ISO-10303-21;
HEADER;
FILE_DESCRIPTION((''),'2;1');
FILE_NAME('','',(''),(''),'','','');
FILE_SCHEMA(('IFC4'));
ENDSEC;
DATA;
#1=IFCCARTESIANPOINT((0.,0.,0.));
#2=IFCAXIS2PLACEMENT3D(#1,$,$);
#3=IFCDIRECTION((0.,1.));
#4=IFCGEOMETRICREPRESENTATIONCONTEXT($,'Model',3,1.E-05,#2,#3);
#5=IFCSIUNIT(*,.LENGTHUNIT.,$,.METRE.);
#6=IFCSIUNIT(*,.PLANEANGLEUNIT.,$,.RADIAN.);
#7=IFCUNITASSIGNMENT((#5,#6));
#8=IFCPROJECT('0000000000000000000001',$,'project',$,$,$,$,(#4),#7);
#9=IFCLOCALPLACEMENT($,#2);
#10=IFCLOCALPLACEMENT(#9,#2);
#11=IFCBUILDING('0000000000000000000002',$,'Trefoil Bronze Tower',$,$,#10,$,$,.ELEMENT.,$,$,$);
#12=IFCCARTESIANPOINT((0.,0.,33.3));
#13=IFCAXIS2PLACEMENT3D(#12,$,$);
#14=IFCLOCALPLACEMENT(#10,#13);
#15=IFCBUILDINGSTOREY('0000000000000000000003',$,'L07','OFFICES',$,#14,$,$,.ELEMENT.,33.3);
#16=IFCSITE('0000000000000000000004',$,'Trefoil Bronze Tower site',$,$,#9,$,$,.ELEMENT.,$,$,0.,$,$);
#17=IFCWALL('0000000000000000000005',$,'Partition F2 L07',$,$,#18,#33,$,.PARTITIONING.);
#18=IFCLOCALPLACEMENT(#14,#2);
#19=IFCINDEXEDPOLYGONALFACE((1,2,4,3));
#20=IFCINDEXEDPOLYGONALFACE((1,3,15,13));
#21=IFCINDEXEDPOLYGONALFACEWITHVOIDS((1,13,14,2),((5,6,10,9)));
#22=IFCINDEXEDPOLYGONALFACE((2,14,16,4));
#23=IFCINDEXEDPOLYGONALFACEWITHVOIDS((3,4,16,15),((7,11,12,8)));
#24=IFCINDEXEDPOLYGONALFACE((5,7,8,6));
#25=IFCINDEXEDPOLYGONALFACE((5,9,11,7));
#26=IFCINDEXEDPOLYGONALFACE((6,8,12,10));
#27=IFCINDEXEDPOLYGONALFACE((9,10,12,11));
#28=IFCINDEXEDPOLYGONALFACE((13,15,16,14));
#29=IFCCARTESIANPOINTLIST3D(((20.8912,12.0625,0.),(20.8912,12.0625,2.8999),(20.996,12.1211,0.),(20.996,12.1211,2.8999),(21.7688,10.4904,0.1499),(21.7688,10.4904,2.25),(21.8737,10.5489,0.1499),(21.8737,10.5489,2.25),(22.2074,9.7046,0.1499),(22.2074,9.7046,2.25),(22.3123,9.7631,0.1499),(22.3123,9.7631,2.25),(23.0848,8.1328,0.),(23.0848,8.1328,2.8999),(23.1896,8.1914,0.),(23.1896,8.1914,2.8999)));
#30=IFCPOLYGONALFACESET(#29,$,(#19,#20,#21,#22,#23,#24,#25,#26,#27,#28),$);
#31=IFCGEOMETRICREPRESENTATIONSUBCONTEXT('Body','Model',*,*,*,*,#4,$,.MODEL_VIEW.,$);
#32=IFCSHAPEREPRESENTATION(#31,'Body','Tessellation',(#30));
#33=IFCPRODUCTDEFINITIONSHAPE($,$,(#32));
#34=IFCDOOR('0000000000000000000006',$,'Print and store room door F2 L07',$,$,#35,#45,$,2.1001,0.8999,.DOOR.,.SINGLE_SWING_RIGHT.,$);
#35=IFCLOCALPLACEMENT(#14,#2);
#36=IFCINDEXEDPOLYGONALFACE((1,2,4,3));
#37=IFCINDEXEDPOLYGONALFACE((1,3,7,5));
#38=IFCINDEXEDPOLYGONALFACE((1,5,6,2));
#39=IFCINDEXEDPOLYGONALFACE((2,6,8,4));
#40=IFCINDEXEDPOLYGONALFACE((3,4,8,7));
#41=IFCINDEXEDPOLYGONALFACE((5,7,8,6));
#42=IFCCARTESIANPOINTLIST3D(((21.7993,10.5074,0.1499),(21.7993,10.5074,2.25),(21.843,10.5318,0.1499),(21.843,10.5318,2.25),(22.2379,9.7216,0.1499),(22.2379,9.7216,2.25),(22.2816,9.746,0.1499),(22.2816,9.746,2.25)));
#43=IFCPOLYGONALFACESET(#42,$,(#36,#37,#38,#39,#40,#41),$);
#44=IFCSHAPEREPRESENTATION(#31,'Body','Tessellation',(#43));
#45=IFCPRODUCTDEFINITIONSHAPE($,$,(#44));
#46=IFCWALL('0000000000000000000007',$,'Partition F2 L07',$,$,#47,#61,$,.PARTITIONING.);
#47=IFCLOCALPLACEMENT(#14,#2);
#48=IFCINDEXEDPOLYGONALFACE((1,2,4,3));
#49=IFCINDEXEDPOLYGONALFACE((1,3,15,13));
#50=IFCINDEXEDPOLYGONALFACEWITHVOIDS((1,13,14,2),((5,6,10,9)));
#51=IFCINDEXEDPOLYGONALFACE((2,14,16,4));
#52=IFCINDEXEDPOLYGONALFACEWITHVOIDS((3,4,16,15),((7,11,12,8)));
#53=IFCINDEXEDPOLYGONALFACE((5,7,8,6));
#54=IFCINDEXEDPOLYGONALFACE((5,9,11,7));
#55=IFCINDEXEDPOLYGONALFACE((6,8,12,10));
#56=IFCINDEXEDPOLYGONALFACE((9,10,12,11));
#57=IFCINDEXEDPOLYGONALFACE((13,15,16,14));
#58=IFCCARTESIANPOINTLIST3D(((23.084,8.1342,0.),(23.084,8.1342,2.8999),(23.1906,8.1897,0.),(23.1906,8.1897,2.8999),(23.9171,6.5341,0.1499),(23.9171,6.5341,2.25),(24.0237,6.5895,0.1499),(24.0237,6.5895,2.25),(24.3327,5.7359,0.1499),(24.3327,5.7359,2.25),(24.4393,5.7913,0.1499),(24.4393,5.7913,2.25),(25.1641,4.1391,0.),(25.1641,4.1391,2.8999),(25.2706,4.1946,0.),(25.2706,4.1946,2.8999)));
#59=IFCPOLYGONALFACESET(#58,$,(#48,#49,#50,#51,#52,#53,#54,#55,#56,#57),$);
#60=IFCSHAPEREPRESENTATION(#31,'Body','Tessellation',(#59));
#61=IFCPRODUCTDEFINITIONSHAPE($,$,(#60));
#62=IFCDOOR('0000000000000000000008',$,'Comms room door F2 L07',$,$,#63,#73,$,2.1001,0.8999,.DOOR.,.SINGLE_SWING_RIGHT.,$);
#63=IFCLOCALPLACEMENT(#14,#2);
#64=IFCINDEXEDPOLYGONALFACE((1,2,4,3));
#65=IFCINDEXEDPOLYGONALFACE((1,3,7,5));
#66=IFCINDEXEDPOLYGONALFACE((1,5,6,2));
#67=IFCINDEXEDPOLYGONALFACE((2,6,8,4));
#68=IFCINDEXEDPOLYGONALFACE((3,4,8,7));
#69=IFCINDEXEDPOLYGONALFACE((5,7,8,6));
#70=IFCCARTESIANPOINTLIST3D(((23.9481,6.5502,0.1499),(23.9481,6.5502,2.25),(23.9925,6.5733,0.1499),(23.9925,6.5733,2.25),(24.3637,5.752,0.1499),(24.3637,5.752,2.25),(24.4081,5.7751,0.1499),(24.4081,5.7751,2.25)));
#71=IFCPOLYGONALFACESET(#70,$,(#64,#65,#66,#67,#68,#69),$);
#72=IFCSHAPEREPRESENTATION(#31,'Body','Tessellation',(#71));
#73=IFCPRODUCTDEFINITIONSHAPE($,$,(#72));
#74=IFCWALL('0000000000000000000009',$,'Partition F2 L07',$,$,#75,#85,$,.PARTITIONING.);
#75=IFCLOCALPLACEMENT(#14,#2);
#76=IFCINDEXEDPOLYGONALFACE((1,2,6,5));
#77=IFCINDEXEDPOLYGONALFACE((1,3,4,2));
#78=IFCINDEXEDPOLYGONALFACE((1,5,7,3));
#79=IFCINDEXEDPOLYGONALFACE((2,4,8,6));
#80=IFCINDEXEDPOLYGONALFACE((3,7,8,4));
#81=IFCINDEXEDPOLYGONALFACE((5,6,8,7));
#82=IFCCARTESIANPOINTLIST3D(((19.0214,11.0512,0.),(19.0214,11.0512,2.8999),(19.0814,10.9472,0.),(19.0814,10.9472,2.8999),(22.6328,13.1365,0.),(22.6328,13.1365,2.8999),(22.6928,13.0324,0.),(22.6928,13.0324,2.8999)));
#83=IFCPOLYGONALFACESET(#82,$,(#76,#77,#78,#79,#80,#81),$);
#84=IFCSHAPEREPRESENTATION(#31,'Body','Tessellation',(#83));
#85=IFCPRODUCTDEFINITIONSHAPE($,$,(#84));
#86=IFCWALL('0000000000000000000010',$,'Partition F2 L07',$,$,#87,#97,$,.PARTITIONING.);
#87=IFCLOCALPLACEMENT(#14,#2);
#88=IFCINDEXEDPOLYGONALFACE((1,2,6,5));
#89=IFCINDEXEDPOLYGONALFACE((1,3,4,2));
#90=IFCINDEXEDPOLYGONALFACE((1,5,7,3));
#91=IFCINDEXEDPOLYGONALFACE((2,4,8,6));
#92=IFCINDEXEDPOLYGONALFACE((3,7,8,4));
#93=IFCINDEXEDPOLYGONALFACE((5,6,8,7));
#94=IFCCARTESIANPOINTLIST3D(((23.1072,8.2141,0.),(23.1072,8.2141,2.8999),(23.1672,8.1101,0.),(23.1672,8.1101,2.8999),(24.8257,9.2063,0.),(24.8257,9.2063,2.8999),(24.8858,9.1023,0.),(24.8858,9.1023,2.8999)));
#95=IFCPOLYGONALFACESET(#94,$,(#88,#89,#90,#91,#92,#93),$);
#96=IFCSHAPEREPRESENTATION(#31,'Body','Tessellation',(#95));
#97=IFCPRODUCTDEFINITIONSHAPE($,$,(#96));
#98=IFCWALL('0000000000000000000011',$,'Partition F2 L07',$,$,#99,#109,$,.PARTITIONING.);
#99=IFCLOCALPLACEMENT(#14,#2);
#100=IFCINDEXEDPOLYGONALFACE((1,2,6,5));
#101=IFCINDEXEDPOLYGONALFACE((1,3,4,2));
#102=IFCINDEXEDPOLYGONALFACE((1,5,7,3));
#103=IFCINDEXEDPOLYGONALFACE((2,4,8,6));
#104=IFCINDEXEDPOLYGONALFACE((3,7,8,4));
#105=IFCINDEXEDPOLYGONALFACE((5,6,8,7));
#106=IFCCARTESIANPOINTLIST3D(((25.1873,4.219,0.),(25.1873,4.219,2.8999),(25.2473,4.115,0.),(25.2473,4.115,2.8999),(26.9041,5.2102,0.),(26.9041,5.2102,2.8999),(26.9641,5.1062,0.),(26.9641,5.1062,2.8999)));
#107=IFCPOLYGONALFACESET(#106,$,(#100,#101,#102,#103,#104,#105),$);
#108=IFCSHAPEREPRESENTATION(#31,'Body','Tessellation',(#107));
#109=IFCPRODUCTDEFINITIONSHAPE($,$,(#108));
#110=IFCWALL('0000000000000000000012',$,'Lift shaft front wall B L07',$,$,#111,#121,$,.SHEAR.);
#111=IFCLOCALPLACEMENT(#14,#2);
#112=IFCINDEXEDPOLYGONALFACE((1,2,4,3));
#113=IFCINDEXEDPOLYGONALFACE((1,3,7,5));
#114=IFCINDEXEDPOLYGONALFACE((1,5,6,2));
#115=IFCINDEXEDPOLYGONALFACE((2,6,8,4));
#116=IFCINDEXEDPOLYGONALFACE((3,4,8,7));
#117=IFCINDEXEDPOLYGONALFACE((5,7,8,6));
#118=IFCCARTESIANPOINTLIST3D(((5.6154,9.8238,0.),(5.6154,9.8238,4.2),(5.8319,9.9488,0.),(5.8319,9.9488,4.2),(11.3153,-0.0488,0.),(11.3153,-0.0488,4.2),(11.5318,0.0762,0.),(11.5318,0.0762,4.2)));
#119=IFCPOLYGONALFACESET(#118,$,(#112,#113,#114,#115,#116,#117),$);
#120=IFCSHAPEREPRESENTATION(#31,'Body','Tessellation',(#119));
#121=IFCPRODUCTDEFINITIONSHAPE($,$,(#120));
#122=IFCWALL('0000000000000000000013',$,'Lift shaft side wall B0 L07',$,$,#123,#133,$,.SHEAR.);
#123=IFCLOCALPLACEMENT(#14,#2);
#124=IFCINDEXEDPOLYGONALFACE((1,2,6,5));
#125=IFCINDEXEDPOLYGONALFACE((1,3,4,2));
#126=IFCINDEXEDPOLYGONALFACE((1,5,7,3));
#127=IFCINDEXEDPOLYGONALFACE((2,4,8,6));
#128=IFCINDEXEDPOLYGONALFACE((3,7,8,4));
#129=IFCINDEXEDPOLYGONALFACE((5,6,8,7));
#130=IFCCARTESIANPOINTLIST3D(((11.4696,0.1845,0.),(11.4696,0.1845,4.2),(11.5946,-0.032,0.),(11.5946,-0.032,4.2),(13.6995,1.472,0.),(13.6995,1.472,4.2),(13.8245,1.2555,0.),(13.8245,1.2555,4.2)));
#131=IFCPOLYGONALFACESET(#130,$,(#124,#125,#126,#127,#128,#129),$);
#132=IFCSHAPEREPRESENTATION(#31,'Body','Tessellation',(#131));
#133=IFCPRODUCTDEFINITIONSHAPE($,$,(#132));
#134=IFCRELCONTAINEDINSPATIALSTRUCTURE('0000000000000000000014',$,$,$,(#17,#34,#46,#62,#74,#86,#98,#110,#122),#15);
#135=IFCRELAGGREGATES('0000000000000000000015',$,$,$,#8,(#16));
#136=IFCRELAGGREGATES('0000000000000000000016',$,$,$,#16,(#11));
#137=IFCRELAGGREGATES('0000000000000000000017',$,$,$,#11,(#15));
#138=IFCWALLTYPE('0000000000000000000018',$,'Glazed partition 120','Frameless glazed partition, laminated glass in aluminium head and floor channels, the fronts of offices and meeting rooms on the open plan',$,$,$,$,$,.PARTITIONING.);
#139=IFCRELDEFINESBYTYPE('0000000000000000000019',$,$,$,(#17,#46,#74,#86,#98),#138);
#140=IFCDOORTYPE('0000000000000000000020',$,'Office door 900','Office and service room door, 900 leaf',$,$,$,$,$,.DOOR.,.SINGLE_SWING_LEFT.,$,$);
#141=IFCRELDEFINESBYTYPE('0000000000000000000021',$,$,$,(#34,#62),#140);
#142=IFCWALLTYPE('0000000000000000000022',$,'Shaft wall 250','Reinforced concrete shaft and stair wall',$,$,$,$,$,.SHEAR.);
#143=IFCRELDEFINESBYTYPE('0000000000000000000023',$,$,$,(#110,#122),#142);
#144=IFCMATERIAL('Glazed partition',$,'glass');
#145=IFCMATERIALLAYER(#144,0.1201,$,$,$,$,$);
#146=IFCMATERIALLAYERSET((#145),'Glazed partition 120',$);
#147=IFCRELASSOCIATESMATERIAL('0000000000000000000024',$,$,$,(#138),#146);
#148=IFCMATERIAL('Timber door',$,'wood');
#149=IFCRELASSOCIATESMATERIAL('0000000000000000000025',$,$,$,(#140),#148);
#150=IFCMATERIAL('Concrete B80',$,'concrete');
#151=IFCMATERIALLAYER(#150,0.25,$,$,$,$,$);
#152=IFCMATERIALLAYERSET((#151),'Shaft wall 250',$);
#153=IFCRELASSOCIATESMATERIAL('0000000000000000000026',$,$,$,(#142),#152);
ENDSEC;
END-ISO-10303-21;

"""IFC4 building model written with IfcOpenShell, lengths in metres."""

from ifc_helpers import new_model, si_unit, direction, frame, frame_2d, origin, place, context, subcontext, project, spatial, rectangle, extrude, material, layer, layer_set, type_object, element, fill, save


model = new_model("IFC4")

# Units and contexts
model_context = context("Model", 3, precision=1e-05, world=origin(), true_north=direction((0.0, 1.0)))
body_context = subcontext(model_context, "Body", "Model", "MODEL_VIEW")
ifc_project = project(units=[si_unit("LENGTHUNIT", "METRE"), si_unit("PLANEANGLEUNIT", "RADIAN")], contexts=[model_context])

# Site, building, storey
site_placement = place(None, origin())
site = spatial("IfcSite", under=ifc_project, at=site_placement, Name="Trefoil Bronze Tower site", CompositionType="ELEMENT", RefElevation=0.0)
building_placement = place(site_placement, origin())
building = spatial("IfcBuilding", under=site, at=building_placement, Name="Trefoil Bronze Tower", CompositionType="ELEMENT")
storey_placement = place(building_placement, frame((0.0, 0.0, 33.3)))
storey = spatial("IfcBuildingStorey", under=building, at=storey_placement, Name="L07", Description="OFFICES", CompositionType="ELEMENT", Elevation=33.3)

# Shared definitions
ifc_material_1 = material(Name="Glazed partition", Category="glass")
ifc_layer_1 = layer(ifc_material_1, 0.1201)
ifc_layer_set_1 = layer_set([ifc_layer_1], Name="Glazed partition 120")
wall_type_1 = type_object("IfcWallType", Name="Glazed partition 120", Description="Frameless glazed partition, laminated glass in aluminium head and floor channels, the fronts of offices and meeting rooms on the open plan", PredefinedType="PARTITIONING", material=ifc_layer_set_1)

# Walls, openings, doors
ifc_material_2 = material(Name="Timber door", Category="wood")
door_type_1 = type_object("IfcDoorType", Name="Office door 900", Description="Office and service room door, 900 leaf", OperationType="SINGLE_SWING_LEFT", PredefinedType="DOOR", material=ifc_material_2)
wall_1_placement = place(storey_placement, frame((23.1372, 8.1621, 0.0), z_axis=(0.0, 0.0, 1.0), x_axis=(-0.487415, 0.87317, 0.0)))
wall_1 = element("IfcWall", 1, at=wall_1_placement, inside=storey, type_object=wall_type_1, Name="Partition F2 L07", PredefinedType="PARTITIONING", context=body_context, shape_type="SweptSolid", body=[
    extrude(rectangle(XDim=4.5005, YDim=0.1201, at=frame_2d((2.2502, 0.0))), origin(), (0.0, 0.0, 1.0), 2.8999),
])
opening_1_placement = place(wall_1_placement, frame((1.8, 0.0, 0.1499)))
opening_1 = element("IfcOpeningElement", 2, at=opening_1_placement, cuts=wall_1, PredefinedType="OPENING", context=body_context, shape_type="SweptSolid", body=[
    extrude(rectangle(XDim=0.8999, YDim=2.1001, at=frame_2d((0.45, 1.05))), frame((0.0, 0.0701, 0.0), z_axis=(0.0, -1.0, 0.0), x_axis=(1.0, 0.0, 0.0)), (0.0, 0.0, 1.0), 0.1401),
])
door_1_placement = place(opening_1_placement, frame((0.8999, 0.0, 0.0), z_axis=(0.0, 0.0, 1.0), x_axis=(-1.0, 0.0, 0.0)))
door_1 = element("IfcDoor", 3, at=door_1_placement, inside=storey, type_object=door_type_1, Name="Print and store room door F2 L07", OperationType="SINGLE_SWING_RIGHT", OverallHeight=2.1001, OverallWidth=0.8999, PredefinedType="DOOR", context=body_context, shape_type="SweptSolid", body=[
    extrude(rectangle(XDim=0.8999, YDim=2.1001, at=frame_2d((0.45, 1.05))), frame((0.0, 0.0249, 0.0), z_axis=(0.0, -1.0, 0.0), x_axis=(1.0, 0.0, 0.0)), (0.0, 0.0, 1.0), 0.05),
])
fill(opening_1, door_1)
wall_2_placement = place(storey_placement, frame((25.2173, 4.167, 0.0), z_axis=(0.0, 0.0, 1.0), x_axis=(-0.46181, 0.886979, 0.0)))
wall_2 = element("IfcWall", 4, at=wall_2_placement, inside=storey, type_object=wall_type_1, Name="Partition F2 L07", PredefinedType="PARTITIONING", context=body_context, shape_type="SweptSolid", body=[
    extrude(rectangle(XDim=4.5042, YDim=0.1201, at=frame_2d((2.252, 0.0))), origin(), (0.0, 0.0, 1.0), 2.8999),
])
opening_2_placement = place(wall_2_placement, frame((1.8, 0.0, 0.1499)))
opening_2 = element("IfcOpeningElement", 5, at=opening_2_placement, cuts=wall_2, PredefinedType="OPENING", context=body_context, shape_type="SweptSolid", body=[
    extrude(rectangle(XDim=0.8999, YDim=2.1001, at=frame_2d((0.45, 1.05))), frame((0.0, 0.0701, 0.0), z_axis=(0.0, -1.0, 0.0), x_axis=(1.0, 0.0, 0.0)), (0.0, 0.0, 1.0), 0.1401),
])
door_2_placement = place(opening_2_placement, frame((0.8999, 0.0, 0.0), z_axis=(0.0, 0.0, 1.0), x_axis=(-1.0, 0.0, 0.0)))
door_2 = element("IfcDoor", 6, at=door_2_placement, inside=storey, type_object=door_type_1, Name="Comms room door F2 L07", OperationType="SINGLE_SWING_RIGHT", OverallHeight=2.1001, OverallWidth=0.8999, PredefinedType="DOOR", context=body_context, shape_type="SweptSolid", body=[
    extrude(rectangle(XDim=0.8999, YDim=2.1001, at=frame_2d((0.45, 1.05))), frame((0.0, 0.0249, 0.0), z_axis=(0.0, -1.0, 0.0), x_axis=(1.0, 0.0, 0.0)), (0.0, 0.0, 1.0), 0.05),
])
fill(opening_2, door_2)

# Walls
wall_3_placement = place(storey_placement, frame((19.0515, 10.9993, 0.0), z_axis=(0.0, 0.0, 1.0), x_axis=(0.866004, 0.500037, 0.0)))
element("IfcWall", 7, at=wall_3_placement, inside=storey, type_object=wall_type_1, Name="Partition F2 L07", PredefinedType="PARTITIONING", context=body_context, shape_type="SweptSolid", body=[
    extrude(rectangle(XDim=4.1702, YDim=0.1201, at=frame_2d((2.085, 0.0))), origin(), (0.0, 0.0, 1.0), 2.8999),
])
wall_4_placement = place(storey_placement, frame((23.1372, 8.1621, 0.0), z_axis=(0.0, 0.0, 1.0), x_axis=(0.866024, 0.500003, 0.0)))
element("IfcWall", 8, at=wall_4_placement, inside=storey, type_object=wall_type_1, Name="Partition F2 L07", PredefinedType="PARTITIONING", context=body_context, shape_type="SweptSolid", body=[
    extrude(rectangle(XDim=1.9844, YDim=0.1201, at=frame_2d((0.9922, 0.0))), origin(), (0.0, 0.0, 1.0), 2.8999),
])
wall_5_placement = place(storey_placement, frame((25.2173, 4.167, 0.0), z_axis=(0.0, 0.0, 1.0), x_axis=(0.866022, 0.500007, 0.0)))
element("IfcWall", 9, at=wall_5_placement, inside=storey, type_object=wall_type_1, Name="Partition F2 L07", PredefinedType="PARTITIONING", context=body_context, shape_type="SweptSolid", body=[
    extrude(rectangle(XDim=1.9824, YDim=0.1201, at=frame_2d((0.9912, 0.0))), origin(), (0.0, 0.0, 1.0), 2.8999),
])
ifc_material_3 = material(Name="Concrete B80", Category="concrete")
ifc_layer_2 = layer(ifc_material_3, 0.25)
ifc_layer_set_2 = layer_set([ifc_layer_2], Name="Shaft wall 250")
wall_type_2 = type_object("IfcWallType", Name="Shaft wall 250", Description="Reinforced concrete shaft and stair wall", PredefinedType="SHEAR", material=ifc_layer_set_2)
wall_6_placement = place(storey_placement, frame((11.4236, 0.0137, 0.0), z_axis=(0.0, 0.0, 1.0), x_axis=(-0.500002, 0.866024, 0.0)))
element("IfcWall", 10, at=wall_6_placement, inside=storey, type_object=wall_type_2, Name="Lift shaft front wall B L07", PredefinedType="SHEAR", context=body_context, shape_type="SweptSolid", body=[
    extrude(rectangle(XDim=11.3999, YDim=0.25, at=frame_2d((5.7, 0.0))), origin(), (0.0, 0.0, 1.0), 4.2),
])
wall_7_placement = place(storey_placement, frame((11.532, 0.0762, 0.0), z_axis=(0.0, 0.0, 1.0), x_axis=(0.866006, 0.500034, 0.0)))
element("IfcWall", 11, at=wall_7_placement, inside=storey, type_object=wall_type_2, Name="Lift shaft side wall B0 L07", PredefinedType="SHEAR", context=body_context, shape_type="SweptSolid", body=[
    extrude(rectangle(XDim=2.575, YDim=0.25, at=frame_2d((1.2876, 0.0))), origin(), (0.0, 0.0, 1.0), 4.2),
])

save(model, "model.ifc")
